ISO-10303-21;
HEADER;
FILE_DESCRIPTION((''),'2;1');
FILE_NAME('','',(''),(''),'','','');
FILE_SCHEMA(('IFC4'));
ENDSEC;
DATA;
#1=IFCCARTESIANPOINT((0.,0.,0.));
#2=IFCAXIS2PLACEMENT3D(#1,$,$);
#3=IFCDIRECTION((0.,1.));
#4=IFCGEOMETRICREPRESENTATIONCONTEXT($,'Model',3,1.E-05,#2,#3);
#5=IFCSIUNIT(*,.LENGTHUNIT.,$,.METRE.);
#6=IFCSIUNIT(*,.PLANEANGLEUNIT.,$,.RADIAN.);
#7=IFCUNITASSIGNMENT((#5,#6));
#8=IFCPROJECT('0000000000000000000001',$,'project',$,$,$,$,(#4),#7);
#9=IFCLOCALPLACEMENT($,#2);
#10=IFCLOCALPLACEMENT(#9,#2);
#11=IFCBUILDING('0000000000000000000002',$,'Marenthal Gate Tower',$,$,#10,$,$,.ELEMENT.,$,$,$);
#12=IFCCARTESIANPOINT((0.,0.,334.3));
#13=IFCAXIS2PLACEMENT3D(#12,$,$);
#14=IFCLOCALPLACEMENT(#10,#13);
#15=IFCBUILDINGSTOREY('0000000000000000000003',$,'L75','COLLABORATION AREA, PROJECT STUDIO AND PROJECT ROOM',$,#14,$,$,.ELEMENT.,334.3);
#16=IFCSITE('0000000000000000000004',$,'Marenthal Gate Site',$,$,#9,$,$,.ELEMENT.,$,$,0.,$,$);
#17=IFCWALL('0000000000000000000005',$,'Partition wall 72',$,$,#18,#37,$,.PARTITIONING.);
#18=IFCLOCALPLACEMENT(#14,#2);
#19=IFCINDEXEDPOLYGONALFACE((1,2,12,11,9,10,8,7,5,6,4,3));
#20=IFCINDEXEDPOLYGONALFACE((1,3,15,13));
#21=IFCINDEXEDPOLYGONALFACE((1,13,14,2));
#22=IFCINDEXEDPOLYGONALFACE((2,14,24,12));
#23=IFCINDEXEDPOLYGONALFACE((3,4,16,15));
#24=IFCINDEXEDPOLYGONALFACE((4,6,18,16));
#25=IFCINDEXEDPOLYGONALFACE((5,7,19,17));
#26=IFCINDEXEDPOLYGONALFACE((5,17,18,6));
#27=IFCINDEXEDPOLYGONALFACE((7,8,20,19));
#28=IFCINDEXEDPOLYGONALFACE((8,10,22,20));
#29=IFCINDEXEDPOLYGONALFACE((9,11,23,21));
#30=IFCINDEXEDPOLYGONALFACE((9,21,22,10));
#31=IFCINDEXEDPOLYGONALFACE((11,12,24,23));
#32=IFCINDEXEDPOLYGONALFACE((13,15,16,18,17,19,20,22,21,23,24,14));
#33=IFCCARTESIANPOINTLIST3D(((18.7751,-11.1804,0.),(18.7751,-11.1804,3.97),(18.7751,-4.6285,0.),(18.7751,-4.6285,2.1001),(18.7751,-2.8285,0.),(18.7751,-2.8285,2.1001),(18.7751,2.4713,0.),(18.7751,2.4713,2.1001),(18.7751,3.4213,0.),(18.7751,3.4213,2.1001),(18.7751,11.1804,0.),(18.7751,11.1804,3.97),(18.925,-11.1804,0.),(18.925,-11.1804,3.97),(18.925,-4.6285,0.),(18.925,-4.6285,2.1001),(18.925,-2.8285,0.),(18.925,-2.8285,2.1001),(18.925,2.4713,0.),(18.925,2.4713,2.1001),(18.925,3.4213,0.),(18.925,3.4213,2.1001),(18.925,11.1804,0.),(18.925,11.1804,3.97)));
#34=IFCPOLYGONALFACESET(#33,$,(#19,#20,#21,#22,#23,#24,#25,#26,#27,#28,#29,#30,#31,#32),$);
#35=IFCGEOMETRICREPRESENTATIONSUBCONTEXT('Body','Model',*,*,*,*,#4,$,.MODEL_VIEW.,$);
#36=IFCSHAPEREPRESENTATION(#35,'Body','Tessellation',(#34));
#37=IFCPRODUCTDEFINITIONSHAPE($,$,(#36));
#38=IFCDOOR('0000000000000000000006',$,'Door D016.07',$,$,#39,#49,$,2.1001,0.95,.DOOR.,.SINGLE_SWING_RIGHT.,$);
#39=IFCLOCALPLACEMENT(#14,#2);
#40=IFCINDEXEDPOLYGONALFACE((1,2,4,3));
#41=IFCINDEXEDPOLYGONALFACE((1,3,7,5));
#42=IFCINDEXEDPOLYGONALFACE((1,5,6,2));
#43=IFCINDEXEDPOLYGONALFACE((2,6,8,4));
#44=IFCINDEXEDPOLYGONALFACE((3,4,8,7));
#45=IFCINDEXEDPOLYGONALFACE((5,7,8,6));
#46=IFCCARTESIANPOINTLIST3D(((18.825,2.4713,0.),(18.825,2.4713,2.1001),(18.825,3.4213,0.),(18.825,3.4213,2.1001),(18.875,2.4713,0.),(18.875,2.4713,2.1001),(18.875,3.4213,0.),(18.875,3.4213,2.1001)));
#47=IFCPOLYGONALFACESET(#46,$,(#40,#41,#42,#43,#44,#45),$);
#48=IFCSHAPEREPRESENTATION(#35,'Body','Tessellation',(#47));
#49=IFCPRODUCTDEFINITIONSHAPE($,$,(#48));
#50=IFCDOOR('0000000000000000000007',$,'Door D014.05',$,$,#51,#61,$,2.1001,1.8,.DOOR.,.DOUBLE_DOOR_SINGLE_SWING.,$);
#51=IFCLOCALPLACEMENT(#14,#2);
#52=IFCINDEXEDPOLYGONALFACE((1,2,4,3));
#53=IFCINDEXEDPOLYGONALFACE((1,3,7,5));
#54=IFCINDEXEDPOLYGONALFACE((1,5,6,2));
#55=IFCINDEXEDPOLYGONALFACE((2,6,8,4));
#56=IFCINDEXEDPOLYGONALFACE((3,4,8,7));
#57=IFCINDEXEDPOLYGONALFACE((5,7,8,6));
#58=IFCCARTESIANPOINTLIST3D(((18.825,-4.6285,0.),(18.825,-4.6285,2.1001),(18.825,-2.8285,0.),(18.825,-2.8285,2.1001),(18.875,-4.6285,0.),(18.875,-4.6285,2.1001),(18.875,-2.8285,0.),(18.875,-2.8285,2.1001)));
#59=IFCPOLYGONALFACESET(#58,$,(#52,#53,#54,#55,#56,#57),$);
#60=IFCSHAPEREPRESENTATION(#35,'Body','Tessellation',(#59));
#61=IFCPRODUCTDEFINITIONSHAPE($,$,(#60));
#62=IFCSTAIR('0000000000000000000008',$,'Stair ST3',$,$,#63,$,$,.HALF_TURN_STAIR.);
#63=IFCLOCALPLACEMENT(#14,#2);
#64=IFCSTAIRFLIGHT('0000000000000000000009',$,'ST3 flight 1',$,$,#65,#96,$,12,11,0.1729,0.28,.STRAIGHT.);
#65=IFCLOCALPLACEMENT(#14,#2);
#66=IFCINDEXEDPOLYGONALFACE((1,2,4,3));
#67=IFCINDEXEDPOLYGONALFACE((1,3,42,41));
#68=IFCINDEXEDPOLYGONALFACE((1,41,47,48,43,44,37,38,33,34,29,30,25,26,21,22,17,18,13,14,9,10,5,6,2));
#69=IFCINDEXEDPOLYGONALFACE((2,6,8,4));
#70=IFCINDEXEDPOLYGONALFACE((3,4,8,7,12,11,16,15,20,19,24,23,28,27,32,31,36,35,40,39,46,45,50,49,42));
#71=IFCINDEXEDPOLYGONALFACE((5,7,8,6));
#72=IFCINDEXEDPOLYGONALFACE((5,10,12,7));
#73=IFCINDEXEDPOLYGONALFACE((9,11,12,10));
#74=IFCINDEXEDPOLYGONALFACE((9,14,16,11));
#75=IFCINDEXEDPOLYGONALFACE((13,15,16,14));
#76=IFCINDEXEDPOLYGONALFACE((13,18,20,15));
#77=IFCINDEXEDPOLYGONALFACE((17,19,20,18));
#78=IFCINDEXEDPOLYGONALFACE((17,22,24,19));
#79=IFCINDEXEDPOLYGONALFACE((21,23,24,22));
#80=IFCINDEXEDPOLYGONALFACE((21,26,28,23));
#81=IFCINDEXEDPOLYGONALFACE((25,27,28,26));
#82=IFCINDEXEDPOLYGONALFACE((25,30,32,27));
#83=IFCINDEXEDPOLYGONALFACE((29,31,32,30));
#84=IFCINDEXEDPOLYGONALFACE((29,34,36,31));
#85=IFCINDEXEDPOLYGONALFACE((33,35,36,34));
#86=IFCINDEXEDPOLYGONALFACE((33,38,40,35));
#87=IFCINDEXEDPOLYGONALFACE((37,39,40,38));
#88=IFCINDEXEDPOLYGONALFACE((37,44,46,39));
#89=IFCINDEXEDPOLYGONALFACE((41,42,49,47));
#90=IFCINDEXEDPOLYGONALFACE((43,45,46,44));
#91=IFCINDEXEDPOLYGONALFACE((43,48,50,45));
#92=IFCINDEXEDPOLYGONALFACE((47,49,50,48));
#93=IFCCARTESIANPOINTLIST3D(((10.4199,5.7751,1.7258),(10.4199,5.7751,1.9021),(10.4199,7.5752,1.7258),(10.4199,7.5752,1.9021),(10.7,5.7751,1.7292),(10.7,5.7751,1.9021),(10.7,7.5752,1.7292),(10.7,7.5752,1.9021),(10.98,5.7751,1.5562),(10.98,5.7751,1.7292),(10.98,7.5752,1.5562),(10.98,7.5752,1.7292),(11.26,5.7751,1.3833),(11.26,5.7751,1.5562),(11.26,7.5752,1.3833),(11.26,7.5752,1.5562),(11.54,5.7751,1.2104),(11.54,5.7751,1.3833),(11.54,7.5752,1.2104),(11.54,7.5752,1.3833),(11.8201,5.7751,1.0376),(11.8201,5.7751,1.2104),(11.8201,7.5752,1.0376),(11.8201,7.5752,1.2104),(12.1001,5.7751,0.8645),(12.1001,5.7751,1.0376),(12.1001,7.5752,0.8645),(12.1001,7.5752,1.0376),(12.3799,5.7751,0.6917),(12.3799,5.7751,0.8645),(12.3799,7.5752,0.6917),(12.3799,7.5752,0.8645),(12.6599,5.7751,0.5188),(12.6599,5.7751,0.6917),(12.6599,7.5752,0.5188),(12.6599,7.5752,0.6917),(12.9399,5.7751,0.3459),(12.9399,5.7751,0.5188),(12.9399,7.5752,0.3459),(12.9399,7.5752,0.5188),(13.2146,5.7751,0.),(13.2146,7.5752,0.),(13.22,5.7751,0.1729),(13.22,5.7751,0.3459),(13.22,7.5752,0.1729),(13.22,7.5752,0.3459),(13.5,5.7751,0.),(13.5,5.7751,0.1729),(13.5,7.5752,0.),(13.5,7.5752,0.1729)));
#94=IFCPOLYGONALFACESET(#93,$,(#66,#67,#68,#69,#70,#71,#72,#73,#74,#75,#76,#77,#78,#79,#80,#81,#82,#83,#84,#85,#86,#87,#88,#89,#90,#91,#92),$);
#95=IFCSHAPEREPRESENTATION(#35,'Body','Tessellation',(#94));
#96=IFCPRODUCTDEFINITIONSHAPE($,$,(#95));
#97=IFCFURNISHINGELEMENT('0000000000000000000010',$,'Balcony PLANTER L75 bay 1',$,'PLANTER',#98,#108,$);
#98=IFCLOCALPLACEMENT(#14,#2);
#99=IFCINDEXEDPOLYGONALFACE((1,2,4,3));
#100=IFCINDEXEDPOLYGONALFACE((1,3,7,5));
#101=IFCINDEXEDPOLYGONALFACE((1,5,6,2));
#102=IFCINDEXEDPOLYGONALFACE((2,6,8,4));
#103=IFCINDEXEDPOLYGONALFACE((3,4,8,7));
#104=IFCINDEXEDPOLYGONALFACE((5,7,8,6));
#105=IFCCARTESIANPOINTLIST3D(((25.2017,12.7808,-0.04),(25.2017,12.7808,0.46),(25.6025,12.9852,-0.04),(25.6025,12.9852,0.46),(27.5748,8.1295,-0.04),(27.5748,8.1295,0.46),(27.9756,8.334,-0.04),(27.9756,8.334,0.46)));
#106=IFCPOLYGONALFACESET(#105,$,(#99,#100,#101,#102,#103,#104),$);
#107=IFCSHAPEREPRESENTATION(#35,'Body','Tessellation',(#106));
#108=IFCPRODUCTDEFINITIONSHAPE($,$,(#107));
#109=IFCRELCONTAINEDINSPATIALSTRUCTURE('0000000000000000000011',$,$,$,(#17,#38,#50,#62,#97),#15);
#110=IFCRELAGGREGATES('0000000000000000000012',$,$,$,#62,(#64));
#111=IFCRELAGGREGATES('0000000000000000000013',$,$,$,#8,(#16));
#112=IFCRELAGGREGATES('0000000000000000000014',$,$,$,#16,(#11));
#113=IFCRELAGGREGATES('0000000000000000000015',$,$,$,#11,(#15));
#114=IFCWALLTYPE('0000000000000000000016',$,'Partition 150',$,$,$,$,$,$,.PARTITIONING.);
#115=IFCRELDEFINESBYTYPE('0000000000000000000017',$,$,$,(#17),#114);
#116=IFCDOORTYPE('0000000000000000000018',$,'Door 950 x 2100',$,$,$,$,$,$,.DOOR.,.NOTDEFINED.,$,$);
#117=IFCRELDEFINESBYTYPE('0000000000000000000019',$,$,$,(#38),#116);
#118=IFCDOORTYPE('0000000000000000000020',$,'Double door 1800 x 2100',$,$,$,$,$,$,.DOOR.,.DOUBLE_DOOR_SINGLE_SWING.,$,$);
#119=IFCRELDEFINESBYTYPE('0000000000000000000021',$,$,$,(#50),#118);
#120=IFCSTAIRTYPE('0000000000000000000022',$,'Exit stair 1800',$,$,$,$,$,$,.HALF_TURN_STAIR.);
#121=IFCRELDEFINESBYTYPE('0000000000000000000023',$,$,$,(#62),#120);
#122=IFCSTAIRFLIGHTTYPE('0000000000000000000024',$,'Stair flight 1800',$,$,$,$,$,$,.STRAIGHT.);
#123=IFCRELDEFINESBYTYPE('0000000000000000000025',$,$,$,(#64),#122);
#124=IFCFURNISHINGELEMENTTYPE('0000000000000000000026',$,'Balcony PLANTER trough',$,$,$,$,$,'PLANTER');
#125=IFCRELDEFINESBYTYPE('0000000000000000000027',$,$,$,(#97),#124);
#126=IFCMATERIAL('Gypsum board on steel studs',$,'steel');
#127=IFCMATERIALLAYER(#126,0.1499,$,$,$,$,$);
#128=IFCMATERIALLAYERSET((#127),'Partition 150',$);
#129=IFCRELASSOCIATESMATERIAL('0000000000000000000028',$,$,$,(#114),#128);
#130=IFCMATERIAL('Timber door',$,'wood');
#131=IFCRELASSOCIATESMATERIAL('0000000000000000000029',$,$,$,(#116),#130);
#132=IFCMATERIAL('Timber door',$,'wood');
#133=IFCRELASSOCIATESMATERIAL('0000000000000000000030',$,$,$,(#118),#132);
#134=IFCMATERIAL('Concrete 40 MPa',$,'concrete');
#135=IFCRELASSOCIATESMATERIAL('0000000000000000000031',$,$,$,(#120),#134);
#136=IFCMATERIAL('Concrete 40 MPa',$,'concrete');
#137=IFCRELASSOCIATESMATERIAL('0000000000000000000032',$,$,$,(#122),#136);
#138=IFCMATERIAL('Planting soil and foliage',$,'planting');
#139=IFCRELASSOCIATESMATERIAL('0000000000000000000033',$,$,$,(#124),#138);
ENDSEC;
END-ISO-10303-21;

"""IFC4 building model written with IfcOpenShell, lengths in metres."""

from ifc_helpers import new_model, si_unit, direction, frame, frame_2d, origin, origin_2d, place, context, subcontext, project, spatial, polyline, rectangle, outline, extrude, material, layer, layer_set, type_object, element, fill, aggregate, save


model = new_model("IFC4")

# Units and contexts
model_context = context("Model", 3, precision=1e-05, world=origin(), true_north=direction((0.0, 1.0)))
body_context = subcontext(model_context, "Body", "Model", "MODEL_VIEW")
ifc_project = project(units=[si_unit("LENGTHUNIT", "METRE"), si_unit("PLANEANGLEUNIT", "RADIAN")], contexts=[model_context])

# Site, building, storey
site_placement = place(None, origin())
site = spatial("IfcSite", under=ifc_project, at=site_placement, Name="Marenthal Gate Site", CompositionType="ELEMENT", RefElevation=0.0)
building_placement = place(site_placement, origin())
building = spatial("IfcBuilding", under=site, at=building_placement, Name="Marenthal Gate Tower", CompositionType="ELEMENT")
storey_placement = place(building_placement, frame((0.0, 0.0, 334.3)))
storey = spatial("IfcBuildingStorey", under=building, at=storey_placement, Name="L75", Description="COLLABORATION AREA, PROJECT STUDIO AND PROJECT ROOM", CompositionType="ELEMENT", Elevation=334.3)

# Wall, openings, doors
ifc_material_1 = material(Name="Gypsum board on steel studs", Category="steel")
ifc_layer_1 = layer(ifc_material_1, 0.1499)
ifc_layer_set_1 = layer_set([ifc_layer_1], Name="Partition 150")
wall_type_1 = type_object("IfcWallType", Name="Partition 150", PredefinedType="PARTITIONING", material=ifc_layer_set_1)
wall_1_placement = place(storey_placement, frame((18.8501, 11.1804, 0.0), z_axis=(0.0, 0.0, 1.0), x_axis=(0.0, -1.0, 0.0)))
wall_1 = element("IfcWall", 1, at=wall_1_placement, inside=storey, type_object=wall_type_1, Name="Partition wall 72", PredefinedType="PARTITIONING", context=body_context, shape_type="SweptSolid", body=[
    extrude(rectangle(XDim=22.3608, YDim=0.1499, at=frame_2d((11.1804, 0.0))), origin(), (0.0, 0.0, 1.0), 3.97),
])
opening_1_placement = place(wall_1_placement, frame((7.759, 0.0, 0.0)))
opening_1 = element("IfcOpeningElement", 2, at=opening_1_placement, cuts=wall_1, PredefinedType="OPENING", context=body_context, shape_type="SweptSolid", body=[
    extrude(rectangle(XDim=0.95, YDim=2.1001, at=frame_2d((0.4751, 1.05))), frame((0.0, 0.085, 0.0), z_axis=(0.0, -1.0, 0.0), x_axis=(1.0, 0.0, 0.0)), (0.0, 0.0, 1.0), 0.1699),
])
opening_2_placement = place(wall_1_placement, frame((14.009, 0.0, 0.0)))
opening_2 = element("IfcOpeningElement", 3, at=opening_2_placement, cuts=wall_1, PredefinedType="OPENING", context=body_context, shape_type="SweptSolid", body=[
    extrude(rectangle(XDim=1.8, YDim=2.1001, at=frame_2d((0.8999, 1.05))), frame((0.0, 0.085, 0.0), z_axis=(0.0, -1.0, 0.0), x_axis=(1.0, 0.0, 0.0)), (0.0, 0.0, 1.0), 0.1699),
])
ifc_material_2 = material(Name="Timber door", Category="wood")
door_type_1 = type_object("IfcDoorType", Name="Door 950 x 2100", OperationType="NOTDEFINED", PredefinedType="DOOR", material=ifc_material_2)
door_1_placement = place(opening_1_placement, origin())
door_1 = element("IfcDoor", 4, at=door_1_placement, inside=storey, type_object=door_type_1, Name="Door D016.07", OperationType="SINGLE_SWING_RIGHT", OverallHeight=2.1001, OverallWidth=0.95, PredefinedType="DOOR", context=body_context, shape_type="SweptSolid", body=[
    extrude(rectangle(XDim=0.95, YDim=2.1001, at=frame_2d((0.4751, 1.05))), frame((0.0, 0.0249, 0.0), z_axis=(0.0, -1.0, 0.0), x_axis=(1.0, 0.0, 0.0)), (0.0, 0.0, 1.0), 0.05),
])
fill(opening_1, door_1)
ifc_material_3 = material(Name="Timber door", Category="wood")
door_type_2 = type_object("IfcDoorType", Name="Double door 1800 x 2100", OperationType="DOUBLE_DOOR_SINGLE_SWING", PredefinedType="DOOR", material=ifc_material_3)
door_2_placement = place(opening_2_placement, origin())
door_2 = element("IfcDoor", 5, at=door_2_placement, inside=storey, type_object=door_type_2, Name="Door D014.05", OperationType="DOUBLE_DOOR_SINGLE_SWING", OverallHeight=2.1001, OverallWidth=1.8, PredefinedType="DOOR", context=body_context, shape_type="SweptSolid", body=[
    extrude(rectangle(XDim=1.8, YDim=2.1001, at=frame_2d((0.8999, 1.05))), frame((0.0, 0.0249, 0.0), z_axis=(0.0, -1.0, 0.0), x_axis=(1.0, 0.0, 0.0)), (0.0, 0.0, 1.0), 0.05),
])
fill(opening_2, door_2)

# Stair, stair flight
ifc_material_4 = material(Name="Concrete 40 MPa", Category="concrete")
stair_type = type_object("IfcStairType", Name="Exit stair 1800", PredefinedType="HALF_TURN_STAIR", material=ifc_material_4)
stair_placement = place(storey_placement, origin())
stair = element("IfcStair", 6, at=stair_placement, inside=storey, type_object=stair_type, Name="Stair ST3", PredefinedType="HALF_TURN_STAIR")
ifc_material_5 = material(Name="Concrete 40 MPa", Category="concrete")
stair_flight_type = type_object("IfcStairFlightType", Name="Stair flight 1800", PredefinedType="STRAIGHT", material=ifc_material_5)
stair_flight_placement = place(storey_placement, frame((13.5, 6.675, 0.0), z_axis=(0.0, 0.0, 1.0), x_axis=(-1.0, 0.0, 0.0)))
stair_flight = element("IfcStairFlight", 7, at=stair_flight_placement, type_object=stair_flight_type, Name="ST3 flight 1", NumberOfRisers=12, NumberOfTreads=11, PredefinedType="STRAIGHT", RiserHeight=0.1729, TreadLength=0.28, context=body_context, shape_type="SweptSolid", body=[
    extrude(outline(polyline([(0.0, 0.0), (0.0, 0.1729), (0.28, 0.1729), (0.28, 0.3459), (0.5601, 0.3459), (0.5601, 0.5188), (0.8401, 0.5188), (0.8401, 0.6917), (1.1201, 0.6917), (1.1201, 0.8645), (1.3999, 0.8645), (1.3999, 1.0376), (1.6799, 1.0376), (1.6799, 1.2104), (1.96, 1.2104), (1.96, 1.3833), (2.24, 1.3833), (2.24, 1.5562), (2.52, 1.5562), (2.52, 1.7292), (2.8, 1.7292), (2.8, 1.9021), (3.0801, 1.9021), (3.0801, 2.075), (3.0801, 1.7258), (0.2854, 0.0), (0.0, 0.0)])), frame((0.0, 0.8999, 0.0), z_axis=(0.0, -1.0, 0.0), x_axis=(1.0, 0.0, 0.0)), (0.0, 0.0, 1.0), 1.8),
])
aggregate(stair, [stair_flight])

# Furnishing element
ifc_material_6 = material(Name="Planting soil and foliage", Category="planting")
furnishing_element_type = type_object("IfcFurnishingElementType", Name="Balcony PLANTER trough", ElementType="PLANTER", material=ifc_material_6)
furnishing_placement = place(storey_placement, frame((26.5886, 10.5574, -0.04), z_axis=(0.0, 0.0, 1.0), x_axis=(-0.454476, 0.890759, 0.0)))
element("IfcFurnishingElement", 8, at=furnishing_placement, inside=storey, type_object=furnishing_element_type, Name="Balcony PLANTER L75 bay 1", ObjectType="PLANTER", context=body_context, shape_type="SweptSolid", body=[
    extrude(rectangle(XDim=5.2217, YDim=0.45, at=origin_2d()), origin(), (0.0, 0.0, 1.0), 0.5),
])

save(model, "model.ifc")
